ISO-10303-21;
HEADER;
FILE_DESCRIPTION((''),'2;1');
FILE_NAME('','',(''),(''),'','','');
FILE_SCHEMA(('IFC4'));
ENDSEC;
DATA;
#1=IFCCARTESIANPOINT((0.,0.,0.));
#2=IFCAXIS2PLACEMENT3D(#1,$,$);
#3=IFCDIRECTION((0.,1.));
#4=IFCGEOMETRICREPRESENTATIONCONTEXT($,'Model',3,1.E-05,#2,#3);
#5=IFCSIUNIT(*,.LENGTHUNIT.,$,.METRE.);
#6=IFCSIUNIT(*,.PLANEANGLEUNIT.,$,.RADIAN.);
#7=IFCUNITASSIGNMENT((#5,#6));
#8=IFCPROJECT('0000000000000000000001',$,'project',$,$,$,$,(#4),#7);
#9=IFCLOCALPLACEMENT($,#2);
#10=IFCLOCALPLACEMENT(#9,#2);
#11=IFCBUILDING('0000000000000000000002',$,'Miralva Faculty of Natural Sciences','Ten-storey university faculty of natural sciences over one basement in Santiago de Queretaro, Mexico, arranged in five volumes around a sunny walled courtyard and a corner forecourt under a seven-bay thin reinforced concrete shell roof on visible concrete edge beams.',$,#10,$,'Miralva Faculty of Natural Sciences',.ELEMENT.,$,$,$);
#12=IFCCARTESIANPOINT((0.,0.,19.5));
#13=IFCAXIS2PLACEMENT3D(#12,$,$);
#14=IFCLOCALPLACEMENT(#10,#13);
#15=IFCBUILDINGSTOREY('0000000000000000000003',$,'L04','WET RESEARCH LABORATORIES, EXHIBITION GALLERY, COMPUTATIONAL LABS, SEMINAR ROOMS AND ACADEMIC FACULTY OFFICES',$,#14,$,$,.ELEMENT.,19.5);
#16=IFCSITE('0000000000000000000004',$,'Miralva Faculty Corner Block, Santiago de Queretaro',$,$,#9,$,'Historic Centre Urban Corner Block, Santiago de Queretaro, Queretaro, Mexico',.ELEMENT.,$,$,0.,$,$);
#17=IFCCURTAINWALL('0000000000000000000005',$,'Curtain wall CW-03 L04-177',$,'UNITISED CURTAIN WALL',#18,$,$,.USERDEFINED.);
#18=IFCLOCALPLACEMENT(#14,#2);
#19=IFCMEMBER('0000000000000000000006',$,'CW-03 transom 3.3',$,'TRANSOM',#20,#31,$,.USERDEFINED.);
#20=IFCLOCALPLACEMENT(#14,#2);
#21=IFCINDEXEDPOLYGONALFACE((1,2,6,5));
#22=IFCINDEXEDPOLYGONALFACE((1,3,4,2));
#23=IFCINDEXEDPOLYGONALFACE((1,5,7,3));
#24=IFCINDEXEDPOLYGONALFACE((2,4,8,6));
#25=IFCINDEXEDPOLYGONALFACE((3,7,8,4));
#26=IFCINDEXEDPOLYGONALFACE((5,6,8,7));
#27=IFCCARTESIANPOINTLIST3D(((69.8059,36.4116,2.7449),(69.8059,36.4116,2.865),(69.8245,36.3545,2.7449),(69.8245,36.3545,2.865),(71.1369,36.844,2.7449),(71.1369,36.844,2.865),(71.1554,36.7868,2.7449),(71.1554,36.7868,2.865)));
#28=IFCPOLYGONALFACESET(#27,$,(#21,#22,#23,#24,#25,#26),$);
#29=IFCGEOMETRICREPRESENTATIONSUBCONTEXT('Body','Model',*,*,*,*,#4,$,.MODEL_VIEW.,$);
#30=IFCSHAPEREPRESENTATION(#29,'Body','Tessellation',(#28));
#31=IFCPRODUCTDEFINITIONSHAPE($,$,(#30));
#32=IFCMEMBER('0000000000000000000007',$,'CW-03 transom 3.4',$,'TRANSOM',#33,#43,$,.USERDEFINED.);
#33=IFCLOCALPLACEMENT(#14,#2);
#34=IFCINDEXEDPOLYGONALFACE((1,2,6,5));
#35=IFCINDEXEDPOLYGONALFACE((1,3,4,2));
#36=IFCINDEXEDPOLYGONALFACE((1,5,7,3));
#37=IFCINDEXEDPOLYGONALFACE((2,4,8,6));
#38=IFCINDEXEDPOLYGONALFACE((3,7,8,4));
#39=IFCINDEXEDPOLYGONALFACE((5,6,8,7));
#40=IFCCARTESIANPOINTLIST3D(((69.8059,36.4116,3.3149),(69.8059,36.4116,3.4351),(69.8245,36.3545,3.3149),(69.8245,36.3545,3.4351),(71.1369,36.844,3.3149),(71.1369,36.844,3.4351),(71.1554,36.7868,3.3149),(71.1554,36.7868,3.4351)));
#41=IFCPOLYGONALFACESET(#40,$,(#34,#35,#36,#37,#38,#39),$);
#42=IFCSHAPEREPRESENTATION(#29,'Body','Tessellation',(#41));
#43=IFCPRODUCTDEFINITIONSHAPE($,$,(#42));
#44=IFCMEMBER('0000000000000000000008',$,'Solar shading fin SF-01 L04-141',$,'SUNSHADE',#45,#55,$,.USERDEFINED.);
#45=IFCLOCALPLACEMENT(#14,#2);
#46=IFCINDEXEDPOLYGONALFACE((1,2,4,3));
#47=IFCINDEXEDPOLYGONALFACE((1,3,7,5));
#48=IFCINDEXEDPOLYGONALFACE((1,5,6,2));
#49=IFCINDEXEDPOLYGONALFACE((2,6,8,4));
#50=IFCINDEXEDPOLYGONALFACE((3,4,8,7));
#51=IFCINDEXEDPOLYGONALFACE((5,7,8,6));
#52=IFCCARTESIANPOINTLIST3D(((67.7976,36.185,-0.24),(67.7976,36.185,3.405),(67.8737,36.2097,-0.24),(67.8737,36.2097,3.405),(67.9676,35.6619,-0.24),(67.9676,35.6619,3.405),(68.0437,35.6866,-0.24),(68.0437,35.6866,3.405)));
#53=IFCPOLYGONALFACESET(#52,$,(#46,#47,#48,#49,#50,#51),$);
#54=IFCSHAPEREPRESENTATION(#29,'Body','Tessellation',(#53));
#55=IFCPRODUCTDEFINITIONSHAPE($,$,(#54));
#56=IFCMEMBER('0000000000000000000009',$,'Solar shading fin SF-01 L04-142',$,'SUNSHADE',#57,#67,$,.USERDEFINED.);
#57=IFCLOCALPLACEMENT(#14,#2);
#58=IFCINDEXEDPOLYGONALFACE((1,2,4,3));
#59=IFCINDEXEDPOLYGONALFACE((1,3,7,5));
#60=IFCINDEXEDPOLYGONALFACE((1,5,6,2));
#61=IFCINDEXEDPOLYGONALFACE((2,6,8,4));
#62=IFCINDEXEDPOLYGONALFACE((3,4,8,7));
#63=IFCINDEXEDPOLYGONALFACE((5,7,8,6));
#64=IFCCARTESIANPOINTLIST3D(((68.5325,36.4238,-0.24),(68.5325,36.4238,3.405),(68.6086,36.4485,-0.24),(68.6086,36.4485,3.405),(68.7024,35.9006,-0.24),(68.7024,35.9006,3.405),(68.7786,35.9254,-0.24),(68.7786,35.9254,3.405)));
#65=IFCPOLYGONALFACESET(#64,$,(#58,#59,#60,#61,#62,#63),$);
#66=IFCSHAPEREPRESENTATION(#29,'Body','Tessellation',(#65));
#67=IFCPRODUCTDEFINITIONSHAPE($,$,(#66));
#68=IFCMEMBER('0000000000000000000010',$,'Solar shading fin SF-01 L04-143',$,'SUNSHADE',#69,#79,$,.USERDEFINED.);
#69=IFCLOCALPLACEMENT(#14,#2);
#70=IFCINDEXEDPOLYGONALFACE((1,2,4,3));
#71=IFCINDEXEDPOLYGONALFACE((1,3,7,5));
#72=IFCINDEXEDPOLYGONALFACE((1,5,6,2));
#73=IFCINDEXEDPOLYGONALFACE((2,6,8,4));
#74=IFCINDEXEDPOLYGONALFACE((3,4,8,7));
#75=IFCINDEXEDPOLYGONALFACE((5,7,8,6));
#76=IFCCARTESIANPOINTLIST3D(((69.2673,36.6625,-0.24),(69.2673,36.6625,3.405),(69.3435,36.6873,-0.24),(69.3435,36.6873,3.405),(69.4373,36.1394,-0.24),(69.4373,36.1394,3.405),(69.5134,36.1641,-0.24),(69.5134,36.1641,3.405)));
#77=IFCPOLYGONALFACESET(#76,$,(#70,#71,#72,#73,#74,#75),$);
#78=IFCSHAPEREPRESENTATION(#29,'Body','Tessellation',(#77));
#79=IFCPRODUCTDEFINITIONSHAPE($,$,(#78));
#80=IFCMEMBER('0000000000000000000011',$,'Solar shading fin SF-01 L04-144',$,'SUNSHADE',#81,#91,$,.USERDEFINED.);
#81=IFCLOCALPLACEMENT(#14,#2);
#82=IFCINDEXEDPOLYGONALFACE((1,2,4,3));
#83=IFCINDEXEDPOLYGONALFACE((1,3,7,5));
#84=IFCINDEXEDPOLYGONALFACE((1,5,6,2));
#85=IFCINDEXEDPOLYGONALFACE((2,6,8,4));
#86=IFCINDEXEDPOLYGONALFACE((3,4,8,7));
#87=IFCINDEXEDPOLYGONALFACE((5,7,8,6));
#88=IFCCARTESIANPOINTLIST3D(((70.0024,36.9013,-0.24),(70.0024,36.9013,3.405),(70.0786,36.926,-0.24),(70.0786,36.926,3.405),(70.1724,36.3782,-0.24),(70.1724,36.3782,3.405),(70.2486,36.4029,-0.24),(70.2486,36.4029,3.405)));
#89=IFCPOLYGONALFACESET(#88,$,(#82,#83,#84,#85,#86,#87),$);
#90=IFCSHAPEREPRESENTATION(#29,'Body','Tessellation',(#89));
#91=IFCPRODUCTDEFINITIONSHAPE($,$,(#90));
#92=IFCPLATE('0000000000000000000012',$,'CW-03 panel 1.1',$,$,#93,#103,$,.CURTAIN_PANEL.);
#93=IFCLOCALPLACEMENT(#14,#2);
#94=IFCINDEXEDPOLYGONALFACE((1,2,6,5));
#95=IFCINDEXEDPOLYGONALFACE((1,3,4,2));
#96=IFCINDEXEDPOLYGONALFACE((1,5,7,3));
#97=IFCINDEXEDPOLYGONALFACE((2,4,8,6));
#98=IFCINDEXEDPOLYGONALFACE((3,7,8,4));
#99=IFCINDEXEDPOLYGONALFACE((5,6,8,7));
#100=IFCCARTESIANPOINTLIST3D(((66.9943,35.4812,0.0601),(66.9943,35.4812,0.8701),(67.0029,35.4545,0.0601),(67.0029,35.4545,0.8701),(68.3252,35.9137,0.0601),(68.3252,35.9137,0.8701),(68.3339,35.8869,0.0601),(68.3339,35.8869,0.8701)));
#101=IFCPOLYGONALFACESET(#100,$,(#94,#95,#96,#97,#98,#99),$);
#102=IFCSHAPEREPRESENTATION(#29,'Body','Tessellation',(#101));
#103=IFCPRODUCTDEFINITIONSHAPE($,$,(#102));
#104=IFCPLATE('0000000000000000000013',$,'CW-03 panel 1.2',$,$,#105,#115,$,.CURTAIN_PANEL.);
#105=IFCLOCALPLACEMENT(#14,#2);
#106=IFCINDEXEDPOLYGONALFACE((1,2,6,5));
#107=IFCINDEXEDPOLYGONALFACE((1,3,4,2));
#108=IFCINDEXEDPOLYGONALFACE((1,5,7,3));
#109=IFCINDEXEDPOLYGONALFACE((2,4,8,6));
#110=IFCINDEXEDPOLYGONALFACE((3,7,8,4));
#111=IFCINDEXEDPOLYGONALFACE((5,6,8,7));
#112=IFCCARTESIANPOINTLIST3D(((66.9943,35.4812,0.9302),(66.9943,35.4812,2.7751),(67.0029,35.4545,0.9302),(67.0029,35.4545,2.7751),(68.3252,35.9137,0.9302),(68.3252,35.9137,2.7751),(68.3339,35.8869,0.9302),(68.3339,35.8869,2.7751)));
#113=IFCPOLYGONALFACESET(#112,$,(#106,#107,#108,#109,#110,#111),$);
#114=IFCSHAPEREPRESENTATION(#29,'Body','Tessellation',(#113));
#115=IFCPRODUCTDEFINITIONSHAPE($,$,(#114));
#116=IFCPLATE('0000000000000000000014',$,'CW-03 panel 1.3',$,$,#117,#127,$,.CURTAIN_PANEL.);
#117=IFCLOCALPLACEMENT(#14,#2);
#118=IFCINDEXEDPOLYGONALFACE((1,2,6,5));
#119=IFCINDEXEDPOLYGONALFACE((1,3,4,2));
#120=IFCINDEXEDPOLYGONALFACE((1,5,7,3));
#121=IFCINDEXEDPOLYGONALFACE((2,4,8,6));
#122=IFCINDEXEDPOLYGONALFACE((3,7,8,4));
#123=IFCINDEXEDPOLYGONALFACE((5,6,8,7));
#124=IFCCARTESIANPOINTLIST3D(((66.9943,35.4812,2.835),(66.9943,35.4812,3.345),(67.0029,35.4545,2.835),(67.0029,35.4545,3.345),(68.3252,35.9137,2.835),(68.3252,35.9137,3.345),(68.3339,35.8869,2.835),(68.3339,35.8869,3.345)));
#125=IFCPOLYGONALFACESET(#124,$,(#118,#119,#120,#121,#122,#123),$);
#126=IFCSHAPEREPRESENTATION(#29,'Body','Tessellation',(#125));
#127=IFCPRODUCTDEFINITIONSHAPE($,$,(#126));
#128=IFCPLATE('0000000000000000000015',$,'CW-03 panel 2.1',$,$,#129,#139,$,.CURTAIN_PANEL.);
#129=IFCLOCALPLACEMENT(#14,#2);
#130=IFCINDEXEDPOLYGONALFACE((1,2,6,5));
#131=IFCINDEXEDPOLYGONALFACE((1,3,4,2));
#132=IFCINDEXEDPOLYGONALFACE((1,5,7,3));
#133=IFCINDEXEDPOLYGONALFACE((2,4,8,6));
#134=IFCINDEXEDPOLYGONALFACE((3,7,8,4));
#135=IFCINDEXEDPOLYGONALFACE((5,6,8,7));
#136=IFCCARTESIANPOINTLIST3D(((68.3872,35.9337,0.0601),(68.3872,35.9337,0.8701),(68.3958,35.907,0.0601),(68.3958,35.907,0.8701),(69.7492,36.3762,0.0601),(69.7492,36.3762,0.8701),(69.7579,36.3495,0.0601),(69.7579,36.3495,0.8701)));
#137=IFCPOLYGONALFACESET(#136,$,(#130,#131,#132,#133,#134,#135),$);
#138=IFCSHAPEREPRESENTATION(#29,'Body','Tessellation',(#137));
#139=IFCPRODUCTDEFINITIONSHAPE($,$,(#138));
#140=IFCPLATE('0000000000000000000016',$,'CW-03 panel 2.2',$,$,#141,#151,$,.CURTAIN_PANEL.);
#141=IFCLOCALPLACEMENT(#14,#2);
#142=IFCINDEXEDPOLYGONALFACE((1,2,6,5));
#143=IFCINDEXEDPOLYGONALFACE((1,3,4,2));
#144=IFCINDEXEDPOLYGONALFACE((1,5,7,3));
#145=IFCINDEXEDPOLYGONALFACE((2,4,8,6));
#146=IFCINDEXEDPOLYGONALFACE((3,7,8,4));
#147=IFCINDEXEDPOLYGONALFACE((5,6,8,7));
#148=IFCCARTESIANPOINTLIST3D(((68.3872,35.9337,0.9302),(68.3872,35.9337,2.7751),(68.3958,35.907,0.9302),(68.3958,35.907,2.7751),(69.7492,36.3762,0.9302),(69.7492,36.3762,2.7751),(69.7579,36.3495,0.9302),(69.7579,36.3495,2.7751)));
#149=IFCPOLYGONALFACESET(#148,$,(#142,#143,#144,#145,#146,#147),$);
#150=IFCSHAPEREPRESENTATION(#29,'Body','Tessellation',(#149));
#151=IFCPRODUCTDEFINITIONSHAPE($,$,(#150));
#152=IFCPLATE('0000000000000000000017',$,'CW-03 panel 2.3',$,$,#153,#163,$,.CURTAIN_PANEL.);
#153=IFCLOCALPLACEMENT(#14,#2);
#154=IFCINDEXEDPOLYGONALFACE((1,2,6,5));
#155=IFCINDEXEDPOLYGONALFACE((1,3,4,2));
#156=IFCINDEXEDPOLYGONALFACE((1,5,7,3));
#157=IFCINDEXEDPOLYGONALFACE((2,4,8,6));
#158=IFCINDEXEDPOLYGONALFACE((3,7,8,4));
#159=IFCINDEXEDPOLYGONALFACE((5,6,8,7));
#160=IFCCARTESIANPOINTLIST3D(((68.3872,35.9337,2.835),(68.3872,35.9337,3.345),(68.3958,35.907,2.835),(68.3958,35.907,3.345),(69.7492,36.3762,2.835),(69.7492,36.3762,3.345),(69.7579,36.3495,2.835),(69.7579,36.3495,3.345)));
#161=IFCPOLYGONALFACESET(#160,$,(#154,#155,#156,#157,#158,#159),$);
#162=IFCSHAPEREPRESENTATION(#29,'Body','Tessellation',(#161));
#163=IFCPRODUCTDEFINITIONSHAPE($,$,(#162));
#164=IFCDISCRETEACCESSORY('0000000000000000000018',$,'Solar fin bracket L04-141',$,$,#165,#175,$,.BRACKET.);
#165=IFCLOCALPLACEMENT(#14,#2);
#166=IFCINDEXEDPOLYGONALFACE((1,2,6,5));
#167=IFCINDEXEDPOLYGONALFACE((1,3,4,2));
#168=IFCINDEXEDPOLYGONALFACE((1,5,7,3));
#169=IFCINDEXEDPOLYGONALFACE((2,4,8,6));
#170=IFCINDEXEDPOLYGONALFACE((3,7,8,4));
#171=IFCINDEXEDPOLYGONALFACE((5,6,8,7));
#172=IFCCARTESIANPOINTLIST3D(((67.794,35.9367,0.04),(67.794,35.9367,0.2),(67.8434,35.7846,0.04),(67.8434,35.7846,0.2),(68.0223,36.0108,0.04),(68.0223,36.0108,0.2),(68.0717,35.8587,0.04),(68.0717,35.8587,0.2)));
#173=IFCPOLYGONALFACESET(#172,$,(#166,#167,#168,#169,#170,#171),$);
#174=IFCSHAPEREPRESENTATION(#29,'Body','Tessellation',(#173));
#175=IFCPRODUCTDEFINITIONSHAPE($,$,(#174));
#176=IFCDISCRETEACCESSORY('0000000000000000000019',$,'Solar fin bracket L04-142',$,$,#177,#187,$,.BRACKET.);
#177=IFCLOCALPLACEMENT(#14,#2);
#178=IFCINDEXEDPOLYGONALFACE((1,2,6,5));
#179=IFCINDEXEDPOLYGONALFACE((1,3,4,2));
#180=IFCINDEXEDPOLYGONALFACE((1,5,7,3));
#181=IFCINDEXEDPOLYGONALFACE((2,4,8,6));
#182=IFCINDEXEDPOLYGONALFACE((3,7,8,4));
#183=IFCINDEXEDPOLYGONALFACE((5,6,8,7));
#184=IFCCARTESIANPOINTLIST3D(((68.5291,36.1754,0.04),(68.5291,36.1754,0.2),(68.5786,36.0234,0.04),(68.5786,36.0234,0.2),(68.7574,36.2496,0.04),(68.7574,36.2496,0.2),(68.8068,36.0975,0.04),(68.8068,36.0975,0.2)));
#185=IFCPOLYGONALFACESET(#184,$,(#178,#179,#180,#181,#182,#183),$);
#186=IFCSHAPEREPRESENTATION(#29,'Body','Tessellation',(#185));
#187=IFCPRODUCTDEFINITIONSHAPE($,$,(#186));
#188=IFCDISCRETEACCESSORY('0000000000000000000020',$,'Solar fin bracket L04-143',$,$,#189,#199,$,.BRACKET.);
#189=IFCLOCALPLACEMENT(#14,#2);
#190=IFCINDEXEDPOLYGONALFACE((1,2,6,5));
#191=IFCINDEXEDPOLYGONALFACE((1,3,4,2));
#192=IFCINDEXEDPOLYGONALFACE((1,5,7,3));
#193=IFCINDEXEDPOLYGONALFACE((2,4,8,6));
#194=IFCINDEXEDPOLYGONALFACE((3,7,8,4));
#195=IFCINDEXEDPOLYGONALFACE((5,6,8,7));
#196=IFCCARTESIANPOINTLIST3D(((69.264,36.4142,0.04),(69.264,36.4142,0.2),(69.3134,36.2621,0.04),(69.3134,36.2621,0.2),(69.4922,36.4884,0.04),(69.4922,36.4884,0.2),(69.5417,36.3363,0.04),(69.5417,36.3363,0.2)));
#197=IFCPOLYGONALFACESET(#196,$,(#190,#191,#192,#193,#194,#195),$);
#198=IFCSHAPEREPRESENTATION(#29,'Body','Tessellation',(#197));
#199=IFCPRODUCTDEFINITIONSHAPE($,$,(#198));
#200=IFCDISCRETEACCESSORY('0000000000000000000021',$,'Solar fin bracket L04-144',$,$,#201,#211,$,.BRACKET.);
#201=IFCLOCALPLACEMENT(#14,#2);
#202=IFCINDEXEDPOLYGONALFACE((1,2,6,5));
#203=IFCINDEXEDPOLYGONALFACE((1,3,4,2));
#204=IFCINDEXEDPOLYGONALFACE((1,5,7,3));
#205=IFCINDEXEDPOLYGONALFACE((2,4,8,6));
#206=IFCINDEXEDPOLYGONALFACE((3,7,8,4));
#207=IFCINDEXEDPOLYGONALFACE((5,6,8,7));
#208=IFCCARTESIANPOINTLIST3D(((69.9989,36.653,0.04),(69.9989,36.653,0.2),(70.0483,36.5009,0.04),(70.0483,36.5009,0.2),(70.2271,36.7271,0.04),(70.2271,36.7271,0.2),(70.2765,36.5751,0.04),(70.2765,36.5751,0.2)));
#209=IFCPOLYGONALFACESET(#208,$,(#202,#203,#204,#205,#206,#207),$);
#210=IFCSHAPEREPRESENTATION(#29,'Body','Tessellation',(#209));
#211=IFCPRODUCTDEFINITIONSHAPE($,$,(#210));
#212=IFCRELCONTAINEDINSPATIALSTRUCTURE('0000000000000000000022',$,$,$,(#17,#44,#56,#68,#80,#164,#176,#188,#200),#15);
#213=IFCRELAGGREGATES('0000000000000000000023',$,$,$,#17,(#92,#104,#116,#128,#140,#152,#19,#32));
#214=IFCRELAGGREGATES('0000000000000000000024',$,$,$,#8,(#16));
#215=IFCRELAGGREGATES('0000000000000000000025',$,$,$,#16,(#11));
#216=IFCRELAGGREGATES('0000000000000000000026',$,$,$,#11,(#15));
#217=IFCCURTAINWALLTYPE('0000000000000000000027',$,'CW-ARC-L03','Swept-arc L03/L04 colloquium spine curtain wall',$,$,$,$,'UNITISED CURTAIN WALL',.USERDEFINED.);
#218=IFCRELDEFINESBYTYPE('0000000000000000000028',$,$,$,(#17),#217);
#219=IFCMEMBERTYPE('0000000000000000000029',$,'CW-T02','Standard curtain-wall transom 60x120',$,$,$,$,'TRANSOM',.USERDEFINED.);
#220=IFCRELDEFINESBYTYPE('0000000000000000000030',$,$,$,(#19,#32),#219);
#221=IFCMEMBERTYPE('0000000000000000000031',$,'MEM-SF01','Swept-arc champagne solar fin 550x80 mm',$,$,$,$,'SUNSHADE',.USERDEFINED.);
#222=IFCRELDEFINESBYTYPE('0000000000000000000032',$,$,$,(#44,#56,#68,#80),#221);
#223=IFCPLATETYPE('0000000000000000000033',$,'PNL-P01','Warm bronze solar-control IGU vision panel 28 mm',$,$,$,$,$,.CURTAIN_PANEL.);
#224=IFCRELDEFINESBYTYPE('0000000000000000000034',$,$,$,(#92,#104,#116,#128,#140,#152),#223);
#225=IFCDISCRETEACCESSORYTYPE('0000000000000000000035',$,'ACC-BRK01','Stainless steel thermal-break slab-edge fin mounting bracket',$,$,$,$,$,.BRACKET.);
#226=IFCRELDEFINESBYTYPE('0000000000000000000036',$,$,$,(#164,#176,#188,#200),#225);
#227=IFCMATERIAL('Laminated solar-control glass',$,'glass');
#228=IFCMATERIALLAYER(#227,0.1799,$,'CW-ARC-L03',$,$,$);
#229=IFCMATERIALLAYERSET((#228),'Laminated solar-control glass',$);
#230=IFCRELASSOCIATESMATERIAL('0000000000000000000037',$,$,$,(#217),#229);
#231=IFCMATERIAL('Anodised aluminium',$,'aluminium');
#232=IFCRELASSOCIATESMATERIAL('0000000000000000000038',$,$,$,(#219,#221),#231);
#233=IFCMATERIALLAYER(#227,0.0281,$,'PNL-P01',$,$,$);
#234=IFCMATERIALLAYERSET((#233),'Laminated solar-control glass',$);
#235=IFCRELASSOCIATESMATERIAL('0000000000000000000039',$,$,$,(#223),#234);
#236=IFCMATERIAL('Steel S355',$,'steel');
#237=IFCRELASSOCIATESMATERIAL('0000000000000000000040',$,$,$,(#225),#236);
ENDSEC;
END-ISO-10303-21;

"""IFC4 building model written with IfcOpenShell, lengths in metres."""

from ifc_helpers import new_model, si_unit, direction, frame, origin, origin_2d, place, context, subcontext, project, spatial, rectangle, extrude, material, layer, layer_set, material_profile, profile_set, type_object, element, aggregate, save


model = new_model("IFC4")

# Units and contexts
model_context = context("Model", 3, precision=1e-05, world=origin(), true_north=direction((0.0, 1.0)))
body_context = subcontext(model_context, "Body", "Model", "MODEL_VIEW")
ifc_project = project(units=[si_unit("LENGTHUNIT", "METRE"), si_unit("PLANEANGLEUNIT", "RADIAN")], contexts=[model_context])

# Site, building, storey
site_placement = place(None, origin())
site = spatial("IfcSite", under=ifc_project, at=site_placement, Name="Miralva Faculty Corner Block, Santiago de Queretaro", LongName="Historic Centre Urban Corner Block, Santiago de Queretaro, Queretaro, Mexico", CompositionType="ELEMENT", RefElevation=0.0)
building_placement = place(site_placement, origin())
building = spatial("IfcBuilding", under=site, at=building_placement, Name="Miralva Faculty of Natural Sciences", Description="Ten-storey university faculty of natural sciences over one basement in Santiago de Queretaro, Mexico, arranged in five volumes around a sunny walled courtyard and a corner forecourt under a seven-bay thin reinforced concrete shell roof on visible concrete edge beams.", LongName="Miralva Faculty of Natural Sciences", CompositionType="ELEMENT")
storey_placement = place(building_placement, frame((0.0, 0.0, 19.5)))
storey = spatial("IfcBuildingStorey", under=building, at=storey_placement, Name="L04", Description="WET RESEARCH LABORATORIES, EXHIBITION GALLERY, COMPUTATIONAL LABS, SEMINAR ROOMS AND ACADEMIC FACULTY OFFICES", CompositionType="ELEMENT", Elevation=19.5)

# Curtain wall, members
ifc_material_1 = material(Name="Laminated solar-control glass", Category="glass")
ifc_layer_1 = layer(ifc_material_1, 0.1799, Name="CW-ARC-L03")
ifc_layer_set_1 = layer_set([ifc_layer_1], Name="Laminated solar-control glass")
curtain_wall_type = type_object("IfcCurtainWallType", Name="CW-ARC-L03", Description="Swept-arc L03/L04 colloquium spine curtain wall", ElementType="UNITISED CURTAIN WALL", PredefinedType="USERDEFINED", material=ifc_layer_set_1)
curtain_wall_placement = place(storey_placement, origin())
curtain_wall = element("IfcCurtainWall", 1, at=curtain_wall_placement, inside=storey, type_object=curtain_wall_type, Name="Curtain wall CW-03 L04-177", ObjectType="UNITISED CURTAIN WALL", PredefinedType="USERDEFINED")
ifc_material_2 = material(Name="Anodised aluminium", Category="aluminium")
ifc_material_profile_1 = material_profile(ifc_material_2, rectangle(XDim=0.0601, YDim=0.1201, at=origin_2d()), Name="TRANSOM 60x120")
ifc_profile_set_1 = profile_set([ifc_material_profile_1], Name="Anodised aluminium")
member_type_1 = type_object("IfcMemberType", Name="CW-T02", Description="Standard curtain-wall transom 60x120", ElementType="TRANSOM", PredefinedType="USERDEFINED", material=ifc_profile_set_1)
member_1_placement = place(storey_placement, frame((69.8152, 36.3831, 2.8049), z_axis=(0.95108, 0.308944, 0.0), x_axis=(-0.308944, 0.95108, 0.0)))
member_1 = element("IfcMember", 2, at=member_1_placement, type_object=member_type_1, Name="CW-03 transom 3.3", ObjectType="TRANSOM", PredefinedType="USERDEFINED", context=body_context, shape_type="SweptSolid", body=[
    extrude(rectangle(XDim=0.0601, YDim=0.1201, at=origin_2d()), origin(), (0.0, 0.0, 1.0), 1.3994),
])
member_2_placement = place(storey_placement, frame((69.8152, 36.3831, 3.375), z_axis=(0.95108, 0.308944, 0.0), x_axis=(-0.308944, 0.95108, 0.0)))
member_2 = element("IfcMember", 3, at=member_2_placement, type_object=member_type_1, Name="CW-03 transom 3.4", ObjectType="TRANSOM", PredefinedType="USERDEFINED", context=body_context, shape_type="SweptSolid", body=[
    extrude(rectangle(XDim=0.0601, YDim=0.1201, at=origin_2d()), origin(), (0.0, 0.0, 1.0), 1.3994),
])

# Members
ifc_material_profile_2 = material_profile(ifc_material_2, rectangle(XDim=0.0801, YDim=0.55, at=origin_2d()), Name="FIN 550x80")
ifc_profile_set_2 = profile_set([ifc_material_profile_2], Name="Anodised aluminium")
member_type_2 = type_object("IfcMemberType", Name="MEM-SF01", Description="Swept-arc champagne solar fin 550x80 mm", ElementType="SUNSHADE", PredefinedType="USERDEFINED", material=ifc_profile_set_2)
for number, where, z_axis, x_axis, name in (
    (4, (67.9207, 35.9358, -0.24), (0.0, 0.0, 1.0), (-0.951057, -0.309017, 0.0), "Solar shading fin SF-01 L04-141"),
    (5, (68.6555, 36.1746, -0.24), (0.0, 0.0, 1.0), (-0.951057, -0.309017, 0.0), "Solar shading fin SF-01 L04-142"),
    (6, (69.3904, 36.4133, -0.24), (0.0, 0.0, 1.0), (-0.951057, -0.309017, 0.0), "Solar shading fin SF-01 L04-143"),
    (7, (70.1255, 36.6521, -0.24), (0.0, 0.0, 1.0), (-0.951057, -0.309017, 0.0), "Solar shading fin SF-01 L04-144"),
):
    element("IfcMember", number, at=place(storey_placement, frame(where, z_axis=z_axis, x_axis=x_axis)), inside=storey, type_object=member_type_2, Name=name, ObjectType="SUNSHADE", PredefinedType="USERDEFINED", context=body_context, shape_type="SweptSolid", body=[
        extrude(rectangle(XDim=0.0801, YDim=0.55, at=origin_2d()), origin(), (0.0, 0.0, 1.0), 3.645),
    ])

# Plates
ifc_layer_2 = layer(ifc_material_1, 0.0281, Name="PNL-P01")
ifc_layer_set_2 = layer_set([ifc_layer_2], Name="Laminated solar-control glass")
plate_type = type_object("IfcPlateType", Name="PNL-P01", Description="Warm bronze solar-control IGU vision panel 28 mm", PredefinedType="CURTAIN_PANEL", material=ifc_layer_set_2)
plate_1_placement = place(storey_placement, frame((67.6641, 35.6841, 0.0601), z_axis=(0.0, 0.0, 1.0), x_axis=(0.951058, 0.309011, 0.0)))
plate_1 = element("IfcPlate", 8, at=plate_1_placement, type_object=plate_type, Name="CW-03 panel 1.1", PredefinedType="CURTAIN_PANEL", context=body_context, shape_type="SweptSolid", body=[
    extrude(rectangle(XDim=1.3994, YDim=0.0281, at=origin_2d()), origin(), (0.0, 0.0, 1.0), 0.8101),
])
plate_2_placement = place(storey_placement, frame((67.6641, 35.6841, 0.9302), z_axis=(0.0, 0.0, 1.0), x_axis=(0.951058, 0.309011, 0.0)))
plate_2 = element("IfcPlate", 9, at=plate_2_placement, type_object=plate_type, Name="CW-03 panel 1.2", PredefinedType="CURTAIN_PANEL", context=body_context, shape_type="SweptSolid", body=[
    extrude(rectangle(XDim=1.3994, YDim=0.0281, at=origin_2d()), origin(), (0.0, 0.0, 1.0), 1.845),
])
plate_3_placement = place(storey_placement, frame((67.6641, 35.6841, 2.835), z_axis=(0.0, 0.0, 1.0), x_axis=(0.951058, 0.309011, 0.0)))
plate_3 = element("IfcPlate", 10, at=plate_3_placement, type_object=plate_type, Name="CW-03 panel 1.3", PredefinedType="CURTAIN_PANEL", context=body_context, shape_type="SweptSolid", body=[
    extrude(rectangle(XDim=1.3994, YDim=0.0281, at=origin_2d()), origin(), (0.0, 0.0, 1.0), 0.51),
])
plate_4_placement = place(storey_placement, frame((69.0725, 36.1416, 0.0601), z_axis=(0.0, 0.0, 1.0), x_axis=(0.951058, 0.309011, 0.0)))
plate_4 = element("IfcPlate", 11, at=plate_4_placement, type_object=plate_type, Name="CW-03 panel 2.1", PredefinedType="CURTAIN_PANEL", context=body_context, shape_type="SweptSolid", body=[
    extrude(rectangle(XDim=1.4321, YDim=0.0281, at=origin_2d()), origin(), (0.0, 0.0, 1.0), 0.8101),
])
plate_5_placement = place(storey_placement, frame((69.0725, 36.1416, 0.9302), z_axis=(0.0, 0.0, 1.0), x_axis=(0.951058, 0.309011, 0.0)))
plate_5 = element("IfcPlate", 12, at=plate_5_placement, type_object=plate_type, Name="CW-03 panel 2.2", PredefinedType="CURTAIN_PANEL", context=body_context, shape_type="SweptSolid", body=[
    extrude(rectangle(XDim=1.4321, YDim=0.0281, at=origin_2d()), origin(), (0.0, 0.0, 1.0), 1.845),
])
plate_6_placement = place(storey_placement, frame((69.0725, 36.1416, 2.835), z_axis=(0.0, 0.0, 1.0), x_axis=(0.951058, 0.309011, 0.0)))
plate_6 = element("IfcPlate", 13, at=plate_6_placement, type_object=plate_type, Name="CW-03 panel 2.3", PredefinedType="CURTAIN_PANEL", context=body_context, shape_type="SweptSolid", body=[
    extrude(rectangle(XDim=1.4321, YDim=0.0281, at=origin_2d()), origin(), (0.0, 0.0, 1.0), 0.51),
])
aggregate(curtain_wall, [plate_1, plate_2, plate_3, plate_4, plate_5, plate_6, member_1, member_2])

# Discrete accessories
ifc_material_3 = material(Name="Steel S355", Category="steel")
discrete_accessory_type = type_object("IfcDiscreteAccessoryType", Name="ACC-BRK01", Description="Stainless steel thermal-break slab-edge fin mounting bracket", PredefinedType="BRACKET", material=ifc_material_3)
for number, where, z_axis, x_axis, name in (
    (14, (67.9329, 35.8977, 0.04), (0.0, 0.0, 1.0), (-0.309017, 0.951057, 0.0), "Solar fin bracket L04-141"),
    (15, (68.668, 36.1365, 0.04), (0.0, 0.0, 1.0), (-0.309017, 0.951057, 0.0), "Solar fin bracket L04-142"),
    (16, (69.4028, 36.3752, 0.04), (0.0, 0.0, 1.0), (-0.309017, 0.951057, 0.0), "Solar fin bracket L04-143"),
    (17, (70.1377, 36.614, 0.04), (0.0, 0.0, 1.0), (-0.309017, 0.951057, 0.0), "Solar fin bracket L04-144"),
):
    element("IfcDiscreteAccessory", number, at=place(storey_placement, frame(where, z_axis=z_axis, x_axis=x_axis)), inside=storey, type_object=discrete_accessory_type, Name=name, PredefinedType="BRACKET", context=body_context, shape_type="SweptSolid", body=[
        extrude(rectangle(XDim=0.1599, YDim=0.24, at=origin_2d()), origin(), (0.0, 0.0, 1.0), 0.1599),
    ])

save(model, "model.ifc")
